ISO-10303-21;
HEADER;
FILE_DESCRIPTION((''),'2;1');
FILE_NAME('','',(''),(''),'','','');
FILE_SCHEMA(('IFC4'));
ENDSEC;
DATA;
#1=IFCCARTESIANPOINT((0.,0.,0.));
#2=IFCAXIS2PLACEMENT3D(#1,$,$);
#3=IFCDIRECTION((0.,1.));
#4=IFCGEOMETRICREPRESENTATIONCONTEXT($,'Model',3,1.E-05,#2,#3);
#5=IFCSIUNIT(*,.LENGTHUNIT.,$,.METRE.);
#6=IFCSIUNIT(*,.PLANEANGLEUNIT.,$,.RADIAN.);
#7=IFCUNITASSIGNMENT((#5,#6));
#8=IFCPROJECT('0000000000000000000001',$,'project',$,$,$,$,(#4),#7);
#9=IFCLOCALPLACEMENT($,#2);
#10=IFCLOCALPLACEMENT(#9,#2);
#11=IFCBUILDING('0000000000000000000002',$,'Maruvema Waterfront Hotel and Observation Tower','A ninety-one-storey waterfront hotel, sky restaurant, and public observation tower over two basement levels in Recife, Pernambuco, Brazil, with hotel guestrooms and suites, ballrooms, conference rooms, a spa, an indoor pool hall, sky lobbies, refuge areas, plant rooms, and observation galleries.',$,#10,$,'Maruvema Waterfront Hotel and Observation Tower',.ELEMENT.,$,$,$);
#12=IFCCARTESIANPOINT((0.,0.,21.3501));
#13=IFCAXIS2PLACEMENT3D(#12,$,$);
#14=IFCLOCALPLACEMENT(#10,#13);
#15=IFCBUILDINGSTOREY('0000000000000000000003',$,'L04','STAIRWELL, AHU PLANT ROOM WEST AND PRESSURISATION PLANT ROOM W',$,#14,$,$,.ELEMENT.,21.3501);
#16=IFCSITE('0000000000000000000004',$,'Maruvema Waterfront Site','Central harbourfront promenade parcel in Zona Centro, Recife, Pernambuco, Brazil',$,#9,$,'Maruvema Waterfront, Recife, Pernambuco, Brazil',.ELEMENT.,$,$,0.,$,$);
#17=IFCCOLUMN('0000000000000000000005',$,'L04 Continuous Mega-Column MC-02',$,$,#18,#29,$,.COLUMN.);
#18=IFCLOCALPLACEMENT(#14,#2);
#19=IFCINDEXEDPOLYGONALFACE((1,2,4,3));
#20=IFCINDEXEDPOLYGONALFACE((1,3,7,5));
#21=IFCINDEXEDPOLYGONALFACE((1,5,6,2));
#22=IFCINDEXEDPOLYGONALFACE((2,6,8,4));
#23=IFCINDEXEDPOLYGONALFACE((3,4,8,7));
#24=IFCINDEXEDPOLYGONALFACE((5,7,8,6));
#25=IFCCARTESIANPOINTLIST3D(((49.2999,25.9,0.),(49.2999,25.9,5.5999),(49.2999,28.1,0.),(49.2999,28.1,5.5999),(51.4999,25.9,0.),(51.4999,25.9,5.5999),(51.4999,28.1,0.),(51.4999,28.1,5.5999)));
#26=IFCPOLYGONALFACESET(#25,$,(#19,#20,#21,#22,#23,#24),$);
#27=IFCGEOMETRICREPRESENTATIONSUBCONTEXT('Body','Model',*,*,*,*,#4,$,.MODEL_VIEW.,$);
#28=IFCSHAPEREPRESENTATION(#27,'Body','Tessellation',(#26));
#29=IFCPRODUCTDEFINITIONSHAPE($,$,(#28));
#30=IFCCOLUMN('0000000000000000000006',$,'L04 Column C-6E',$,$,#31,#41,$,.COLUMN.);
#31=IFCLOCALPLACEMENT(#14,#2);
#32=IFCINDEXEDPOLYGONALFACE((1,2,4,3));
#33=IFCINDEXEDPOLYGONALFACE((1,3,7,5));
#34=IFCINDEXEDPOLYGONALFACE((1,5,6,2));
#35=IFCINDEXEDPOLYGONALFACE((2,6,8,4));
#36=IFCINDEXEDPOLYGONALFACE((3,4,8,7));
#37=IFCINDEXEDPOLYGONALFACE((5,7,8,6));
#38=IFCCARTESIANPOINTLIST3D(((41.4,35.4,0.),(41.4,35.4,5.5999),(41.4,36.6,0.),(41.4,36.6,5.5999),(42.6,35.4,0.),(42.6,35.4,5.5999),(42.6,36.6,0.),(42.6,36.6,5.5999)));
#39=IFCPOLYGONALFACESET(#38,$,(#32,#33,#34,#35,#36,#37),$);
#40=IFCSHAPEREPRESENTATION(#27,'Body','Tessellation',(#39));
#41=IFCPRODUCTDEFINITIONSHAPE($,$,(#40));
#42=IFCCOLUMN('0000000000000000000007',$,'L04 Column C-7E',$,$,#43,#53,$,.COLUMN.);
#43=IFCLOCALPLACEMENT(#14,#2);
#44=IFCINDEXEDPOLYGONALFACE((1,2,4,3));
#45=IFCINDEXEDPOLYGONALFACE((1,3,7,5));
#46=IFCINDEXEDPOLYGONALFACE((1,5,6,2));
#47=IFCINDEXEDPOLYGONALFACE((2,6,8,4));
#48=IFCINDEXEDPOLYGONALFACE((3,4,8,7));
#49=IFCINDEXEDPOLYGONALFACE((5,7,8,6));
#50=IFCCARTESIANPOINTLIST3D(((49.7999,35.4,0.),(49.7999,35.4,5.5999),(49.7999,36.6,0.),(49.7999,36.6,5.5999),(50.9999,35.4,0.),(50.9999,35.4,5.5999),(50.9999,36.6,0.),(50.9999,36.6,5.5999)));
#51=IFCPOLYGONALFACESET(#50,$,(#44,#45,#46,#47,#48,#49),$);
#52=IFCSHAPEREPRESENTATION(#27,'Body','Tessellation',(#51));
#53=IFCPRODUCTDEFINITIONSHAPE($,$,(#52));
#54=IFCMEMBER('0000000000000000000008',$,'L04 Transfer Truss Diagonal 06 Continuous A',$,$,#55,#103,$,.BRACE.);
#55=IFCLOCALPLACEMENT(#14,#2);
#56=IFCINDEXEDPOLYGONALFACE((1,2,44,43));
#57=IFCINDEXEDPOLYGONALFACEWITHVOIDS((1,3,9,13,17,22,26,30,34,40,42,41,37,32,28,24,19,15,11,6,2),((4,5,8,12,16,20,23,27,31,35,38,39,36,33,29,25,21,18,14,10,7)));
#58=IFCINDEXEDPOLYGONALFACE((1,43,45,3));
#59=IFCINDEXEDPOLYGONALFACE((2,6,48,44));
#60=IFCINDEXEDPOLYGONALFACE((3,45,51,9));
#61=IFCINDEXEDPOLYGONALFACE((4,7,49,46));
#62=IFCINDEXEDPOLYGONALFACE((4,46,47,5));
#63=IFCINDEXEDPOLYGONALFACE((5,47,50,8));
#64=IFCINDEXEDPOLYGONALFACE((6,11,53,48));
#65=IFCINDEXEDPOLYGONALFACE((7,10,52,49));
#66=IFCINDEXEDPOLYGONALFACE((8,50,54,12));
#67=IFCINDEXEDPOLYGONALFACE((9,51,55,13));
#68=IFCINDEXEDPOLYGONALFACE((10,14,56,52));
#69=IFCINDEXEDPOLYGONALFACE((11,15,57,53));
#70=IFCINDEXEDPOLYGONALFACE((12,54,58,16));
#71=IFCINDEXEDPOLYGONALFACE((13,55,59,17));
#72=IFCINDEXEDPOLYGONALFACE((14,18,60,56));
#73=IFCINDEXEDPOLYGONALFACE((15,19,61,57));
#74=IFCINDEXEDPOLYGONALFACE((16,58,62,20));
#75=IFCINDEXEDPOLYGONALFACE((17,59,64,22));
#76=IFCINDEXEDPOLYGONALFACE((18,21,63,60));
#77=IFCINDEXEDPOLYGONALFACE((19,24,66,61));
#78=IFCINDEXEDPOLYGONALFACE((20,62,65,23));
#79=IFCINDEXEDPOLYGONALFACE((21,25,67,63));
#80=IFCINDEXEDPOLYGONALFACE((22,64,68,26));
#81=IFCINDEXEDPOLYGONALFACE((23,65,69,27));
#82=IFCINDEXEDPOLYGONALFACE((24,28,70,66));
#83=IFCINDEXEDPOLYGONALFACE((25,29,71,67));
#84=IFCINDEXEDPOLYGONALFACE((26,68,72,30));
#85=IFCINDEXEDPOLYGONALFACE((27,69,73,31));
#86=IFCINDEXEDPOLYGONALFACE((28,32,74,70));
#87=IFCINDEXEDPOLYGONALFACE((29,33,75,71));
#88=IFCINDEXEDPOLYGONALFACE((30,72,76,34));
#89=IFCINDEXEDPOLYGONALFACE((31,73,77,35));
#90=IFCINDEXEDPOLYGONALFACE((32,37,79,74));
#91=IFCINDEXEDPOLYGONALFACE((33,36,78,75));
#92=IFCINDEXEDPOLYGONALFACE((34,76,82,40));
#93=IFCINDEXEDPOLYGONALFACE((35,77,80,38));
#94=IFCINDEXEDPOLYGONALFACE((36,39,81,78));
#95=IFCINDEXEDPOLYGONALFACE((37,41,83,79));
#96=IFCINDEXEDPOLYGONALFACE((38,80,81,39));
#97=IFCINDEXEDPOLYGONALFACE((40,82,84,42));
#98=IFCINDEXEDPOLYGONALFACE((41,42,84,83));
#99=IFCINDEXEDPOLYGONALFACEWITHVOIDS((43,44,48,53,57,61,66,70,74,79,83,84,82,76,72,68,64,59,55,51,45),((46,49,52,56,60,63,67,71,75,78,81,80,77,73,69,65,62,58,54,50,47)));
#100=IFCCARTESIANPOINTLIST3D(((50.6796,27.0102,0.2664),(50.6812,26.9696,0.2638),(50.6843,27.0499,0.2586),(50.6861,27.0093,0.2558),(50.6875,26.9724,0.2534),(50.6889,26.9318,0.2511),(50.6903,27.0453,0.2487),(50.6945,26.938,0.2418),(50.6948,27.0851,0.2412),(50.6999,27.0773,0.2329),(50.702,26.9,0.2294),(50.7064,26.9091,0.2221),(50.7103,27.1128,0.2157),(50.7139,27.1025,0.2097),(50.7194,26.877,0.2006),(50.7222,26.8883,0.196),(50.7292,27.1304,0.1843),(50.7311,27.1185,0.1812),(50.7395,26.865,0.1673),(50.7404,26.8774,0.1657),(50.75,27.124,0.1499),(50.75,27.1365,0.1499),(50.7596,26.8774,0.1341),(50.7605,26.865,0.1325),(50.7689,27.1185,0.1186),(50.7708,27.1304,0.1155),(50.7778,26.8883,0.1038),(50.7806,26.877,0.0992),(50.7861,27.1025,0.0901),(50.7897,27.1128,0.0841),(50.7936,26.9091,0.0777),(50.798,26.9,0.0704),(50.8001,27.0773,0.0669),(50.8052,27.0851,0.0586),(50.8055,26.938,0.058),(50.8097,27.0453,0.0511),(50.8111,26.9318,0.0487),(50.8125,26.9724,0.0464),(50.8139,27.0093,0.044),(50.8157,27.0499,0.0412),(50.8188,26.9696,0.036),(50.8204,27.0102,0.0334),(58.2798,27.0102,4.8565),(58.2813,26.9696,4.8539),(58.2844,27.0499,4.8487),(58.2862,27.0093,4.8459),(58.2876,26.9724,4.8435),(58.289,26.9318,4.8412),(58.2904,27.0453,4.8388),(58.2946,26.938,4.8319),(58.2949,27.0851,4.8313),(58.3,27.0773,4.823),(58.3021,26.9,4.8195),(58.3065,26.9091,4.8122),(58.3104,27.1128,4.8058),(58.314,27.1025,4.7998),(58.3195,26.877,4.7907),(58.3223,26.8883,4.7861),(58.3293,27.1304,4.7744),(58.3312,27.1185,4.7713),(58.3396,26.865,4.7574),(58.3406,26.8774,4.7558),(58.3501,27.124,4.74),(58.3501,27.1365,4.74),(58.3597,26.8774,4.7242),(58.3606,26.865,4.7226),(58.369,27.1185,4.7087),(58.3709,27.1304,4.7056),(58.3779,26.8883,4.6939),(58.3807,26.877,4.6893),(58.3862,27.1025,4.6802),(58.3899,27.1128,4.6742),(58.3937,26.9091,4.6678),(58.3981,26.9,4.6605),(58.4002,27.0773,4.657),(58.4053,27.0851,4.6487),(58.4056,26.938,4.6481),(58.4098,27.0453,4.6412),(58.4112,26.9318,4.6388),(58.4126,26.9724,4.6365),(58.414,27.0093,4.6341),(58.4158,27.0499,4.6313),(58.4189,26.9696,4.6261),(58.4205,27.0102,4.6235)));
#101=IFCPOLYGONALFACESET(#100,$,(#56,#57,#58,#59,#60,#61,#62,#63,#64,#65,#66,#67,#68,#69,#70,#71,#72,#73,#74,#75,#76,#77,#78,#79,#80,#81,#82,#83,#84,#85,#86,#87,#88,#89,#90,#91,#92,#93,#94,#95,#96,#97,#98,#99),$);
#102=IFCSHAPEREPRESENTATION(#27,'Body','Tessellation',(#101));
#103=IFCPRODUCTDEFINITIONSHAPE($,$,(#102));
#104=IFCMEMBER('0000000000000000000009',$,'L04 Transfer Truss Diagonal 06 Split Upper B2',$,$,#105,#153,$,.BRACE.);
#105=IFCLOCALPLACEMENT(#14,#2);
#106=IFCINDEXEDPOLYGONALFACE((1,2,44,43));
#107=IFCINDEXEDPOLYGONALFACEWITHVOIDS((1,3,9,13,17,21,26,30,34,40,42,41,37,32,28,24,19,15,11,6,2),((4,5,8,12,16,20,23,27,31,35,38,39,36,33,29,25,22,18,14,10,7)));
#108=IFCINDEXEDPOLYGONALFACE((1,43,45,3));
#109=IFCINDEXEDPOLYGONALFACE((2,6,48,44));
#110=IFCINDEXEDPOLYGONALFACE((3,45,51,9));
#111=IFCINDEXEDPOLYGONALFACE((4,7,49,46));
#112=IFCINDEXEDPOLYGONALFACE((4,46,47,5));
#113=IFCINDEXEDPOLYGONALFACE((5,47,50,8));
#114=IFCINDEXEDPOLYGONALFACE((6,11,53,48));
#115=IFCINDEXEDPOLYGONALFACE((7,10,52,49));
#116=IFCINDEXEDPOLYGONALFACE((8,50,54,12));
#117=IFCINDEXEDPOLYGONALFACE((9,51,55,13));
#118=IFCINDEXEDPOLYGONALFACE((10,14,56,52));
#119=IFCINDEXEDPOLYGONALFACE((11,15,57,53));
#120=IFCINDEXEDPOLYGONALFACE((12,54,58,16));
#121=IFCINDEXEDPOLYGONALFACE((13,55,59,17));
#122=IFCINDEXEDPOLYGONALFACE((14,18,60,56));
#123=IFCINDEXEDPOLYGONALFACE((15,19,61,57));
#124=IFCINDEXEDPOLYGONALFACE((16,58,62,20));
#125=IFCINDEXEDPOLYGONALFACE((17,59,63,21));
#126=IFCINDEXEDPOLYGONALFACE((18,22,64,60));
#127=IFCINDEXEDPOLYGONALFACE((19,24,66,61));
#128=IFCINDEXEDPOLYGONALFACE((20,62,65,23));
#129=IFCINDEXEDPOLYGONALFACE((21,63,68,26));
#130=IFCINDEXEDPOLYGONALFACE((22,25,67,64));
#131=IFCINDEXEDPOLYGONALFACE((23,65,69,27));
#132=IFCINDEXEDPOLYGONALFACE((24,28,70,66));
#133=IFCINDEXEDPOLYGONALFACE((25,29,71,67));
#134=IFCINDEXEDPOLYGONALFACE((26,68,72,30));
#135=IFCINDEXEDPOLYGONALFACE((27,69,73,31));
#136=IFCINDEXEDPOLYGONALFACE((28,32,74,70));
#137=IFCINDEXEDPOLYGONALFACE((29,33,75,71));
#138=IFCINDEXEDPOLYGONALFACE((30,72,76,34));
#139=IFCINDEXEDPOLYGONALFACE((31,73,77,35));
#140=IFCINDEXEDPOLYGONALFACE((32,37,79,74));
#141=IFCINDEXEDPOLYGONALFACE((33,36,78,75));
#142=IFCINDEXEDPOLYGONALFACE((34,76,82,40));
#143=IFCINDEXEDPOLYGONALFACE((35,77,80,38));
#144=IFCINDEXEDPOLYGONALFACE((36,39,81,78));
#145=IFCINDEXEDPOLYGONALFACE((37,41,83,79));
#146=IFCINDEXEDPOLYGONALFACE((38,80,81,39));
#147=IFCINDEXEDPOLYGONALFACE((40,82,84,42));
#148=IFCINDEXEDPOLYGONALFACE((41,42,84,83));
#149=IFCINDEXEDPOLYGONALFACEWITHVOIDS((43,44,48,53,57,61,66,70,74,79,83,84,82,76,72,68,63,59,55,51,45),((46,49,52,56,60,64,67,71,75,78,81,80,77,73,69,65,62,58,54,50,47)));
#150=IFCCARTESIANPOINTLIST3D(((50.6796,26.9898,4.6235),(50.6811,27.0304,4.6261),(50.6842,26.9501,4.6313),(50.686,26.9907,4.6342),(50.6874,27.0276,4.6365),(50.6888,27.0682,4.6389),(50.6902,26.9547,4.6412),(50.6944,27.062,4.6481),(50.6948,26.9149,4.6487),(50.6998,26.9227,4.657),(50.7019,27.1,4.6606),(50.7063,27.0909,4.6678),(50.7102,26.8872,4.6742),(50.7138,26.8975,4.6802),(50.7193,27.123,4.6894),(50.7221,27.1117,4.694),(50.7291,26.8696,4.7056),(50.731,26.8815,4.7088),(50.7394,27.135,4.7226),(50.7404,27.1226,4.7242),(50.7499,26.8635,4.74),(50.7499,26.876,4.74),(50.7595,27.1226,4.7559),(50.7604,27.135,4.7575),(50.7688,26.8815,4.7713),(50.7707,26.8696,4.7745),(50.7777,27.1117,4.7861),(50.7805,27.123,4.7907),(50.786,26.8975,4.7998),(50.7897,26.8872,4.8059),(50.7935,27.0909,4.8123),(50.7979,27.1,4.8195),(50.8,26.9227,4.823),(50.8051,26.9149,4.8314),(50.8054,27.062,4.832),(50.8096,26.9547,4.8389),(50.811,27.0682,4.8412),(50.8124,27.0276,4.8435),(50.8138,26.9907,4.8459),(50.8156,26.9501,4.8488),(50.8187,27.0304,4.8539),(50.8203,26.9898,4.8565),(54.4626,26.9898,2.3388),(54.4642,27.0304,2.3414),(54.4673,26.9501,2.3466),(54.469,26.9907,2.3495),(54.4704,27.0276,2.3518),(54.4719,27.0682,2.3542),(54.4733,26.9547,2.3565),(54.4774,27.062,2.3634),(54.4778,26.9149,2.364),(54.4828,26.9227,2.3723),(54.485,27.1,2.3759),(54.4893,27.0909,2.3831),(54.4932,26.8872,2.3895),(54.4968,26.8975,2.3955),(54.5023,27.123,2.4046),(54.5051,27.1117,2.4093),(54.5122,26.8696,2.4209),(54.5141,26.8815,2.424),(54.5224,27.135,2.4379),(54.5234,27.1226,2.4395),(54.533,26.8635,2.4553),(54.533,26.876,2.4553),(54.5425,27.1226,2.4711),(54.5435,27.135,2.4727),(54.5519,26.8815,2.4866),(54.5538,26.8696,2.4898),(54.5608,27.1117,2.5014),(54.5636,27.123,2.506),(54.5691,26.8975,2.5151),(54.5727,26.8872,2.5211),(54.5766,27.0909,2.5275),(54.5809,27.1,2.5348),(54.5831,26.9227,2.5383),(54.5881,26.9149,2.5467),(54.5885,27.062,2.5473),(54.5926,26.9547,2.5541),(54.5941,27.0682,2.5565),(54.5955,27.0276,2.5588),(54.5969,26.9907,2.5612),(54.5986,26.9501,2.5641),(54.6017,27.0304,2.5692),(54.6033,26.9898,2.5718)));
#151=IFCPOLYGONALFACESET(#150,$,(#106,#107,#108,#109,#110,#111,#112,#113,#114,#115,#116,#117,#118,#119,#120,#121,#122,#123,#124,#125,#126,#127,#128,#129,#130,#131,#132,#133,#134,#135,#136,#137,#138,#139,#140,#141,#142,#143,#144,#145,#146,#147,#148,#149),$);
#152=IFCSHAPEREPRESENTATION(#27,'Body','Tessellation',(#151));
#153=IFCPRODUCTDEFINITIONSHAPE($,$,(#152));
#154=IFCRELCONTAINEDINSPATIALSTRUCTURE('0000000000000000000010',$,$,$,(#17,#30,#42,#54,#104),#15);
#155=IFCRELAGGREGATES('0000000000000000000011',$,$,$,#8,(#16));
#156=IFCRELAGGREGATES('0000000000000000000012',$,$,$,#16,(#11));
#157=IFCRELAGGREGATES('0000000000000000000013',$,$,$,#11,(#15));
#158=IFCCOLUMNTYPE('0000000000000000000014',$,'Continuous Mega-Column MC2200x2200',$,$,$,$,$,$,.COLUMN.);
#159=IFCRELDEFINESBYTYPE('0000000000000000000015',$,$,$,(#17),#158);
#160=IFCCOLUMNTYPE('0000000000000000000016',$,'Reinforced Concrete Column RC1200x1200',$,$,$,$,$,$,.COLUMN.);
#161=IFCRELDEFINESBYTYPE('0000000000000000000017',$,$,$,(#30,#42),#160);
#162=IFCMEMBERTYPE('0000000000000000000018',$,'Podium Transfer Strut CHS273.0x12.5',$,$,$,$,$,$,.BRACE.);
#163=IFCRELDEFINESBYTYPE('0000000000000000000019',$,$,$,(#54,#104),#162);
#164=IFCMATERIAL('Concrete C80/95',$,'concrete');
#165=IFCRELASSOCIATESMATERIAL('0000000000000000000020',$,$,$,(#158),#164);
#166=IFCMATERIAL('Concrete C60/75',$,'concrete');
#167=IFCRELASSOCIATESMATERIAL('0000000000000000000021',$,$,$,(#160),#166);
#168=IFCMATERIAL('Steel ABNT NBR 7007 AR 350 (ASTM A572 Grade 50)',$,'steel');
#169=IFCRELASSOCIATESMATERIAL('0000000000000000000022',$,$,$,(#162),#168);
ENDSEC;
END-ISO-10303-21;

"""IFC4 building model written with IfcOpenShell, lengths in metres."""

from ifc_helpers import new_model, si_unit, direction, frame, origin, origin_2d, place, context, subcontext, project, spatial, rectangle, hollow_circle, extrude, material, material_profile, profile_set, type_object, element, save


model = new_model("IFC4")

# Units and contexts
model_context = context("Model", 3, precision=1e-05, world=origin(), true_north=direction((0.0, 1.0)))
body_context = subcontext(model_context, "Body", "Model", "MODEL_VIEW")
ifc_project = project(units=[si_unit("LENGTHUNIT", "METRE"), si_unit("PLANEANGLEUNIT", "RADIAN")], contexts=[model_context])

# Site, building, storey
site_placement = place(None, origin())
site = spatial("IfcSite", under=ifc_project, at=site_placement, Name="Maruvema Waterfront Site", Description="Central harbourfront promenade parcel in Zona Centro, Recife, Pernambuco, Brazil", LongName="Maruvema Waterfront, Recife, Pernambuco, Brazil", CompositionType="ELEMENT", RefElevation=0.0)
building_placement = place(site_placement, origin())
building = spatial("IfcBuilding", under=site, at=building_placement, Name="Maruvema Waterfront Hotel and Observation Tower", Description="A ninety-one-storey waterfront hotel, sky restaurant, and public observation tower over two basement levels in Recife, Pernambuco, Brazil, with hotel guestrooms and suites, ballrooms, conference rooms, a spa, an indoor pool hall, sky lobbies, refuge areas, plant rooms, and observation galleries.", LongName="Maruvema Waterfront Hotel and Observation Tower", CompositionType="ELEMENT")
storey_placement = place(building_placement, frame((0.0, 0.0, 21.3501)))
storey = spatial("IfcBuildingStorey", under=building, at=storey_placement, Name="L04", Description="STAIRWELL, AHU PLANT ROOM WEST AND PRESSURISATION PLANT ROOM W", CompositionType="ELEMENT", Elevation=21.3501)

# Columns
ifc_material_1 = material(Name="Concrete C80/95", Category="concrete")
ifc_material_profile_1 = material_profile(ifc_material_1, rectangle(XDim=2.2, YDim=2.2, at=origin_2d()), Name="MC2200x2200")
ifc_profile_set_1 = profile_set([ifc_material_profile_1], Name="Concrete C80/95")
column_type_1 = type_object("IfcColumnType", Name="Continuous Mega-Column MC2200x2200", PredefinedType="COLUMN", material=ifc_profile_set_1)
column_placement = place(storey_placement, frame((50.3999, 27.0, 0.0), z_axis=(0.0, 0.0, 1.0), x_axis=(1.0, 0.0, 0.0)))
element("IfcColumn", 1, at=column_placement, inside=storey, type_object=column_type_1, Name="L04 Continuous Mega-Column MC-02", PredefinedType="COLUMN", context=body_context, shape_type="SweptSolid", body=[
    extrude(rectangle(XDim=2.2, YDim=2.2, at=origin_2d()), origin(), (0.0, 0.0, 1.0), 5.5999),
])
ifc_material_2 = material(Name="Concrete C60/75", Category="concrete")
ifc_material_profile_2 = material_profile(ifc_material_2, rectangle(XDim=1.2, YDim=1.2, at=origin_2d()), Name="RC1200x1200")
ifc_profile_set_2 = profile_set([ifc_material_profile_2], Name="Concrete C60/75")
column_type_2 = type_object("IfcColumnType", Name="Reinforced Concrete Column RC1200x1200", PredefinedType="COLUMN", material=ifc_profile_set_2)
for number, where, z_axis, x_axis, name in (
    (2, (42.0, 36.0, 0.0), (0.0, 0.0, 1.0), (1.0, 0.0, 0.0), "L04 Column C-6E"),
    (3, (50.3999, 36.0, 0.0), (0.0, 0.0, 1.0), (1.0, 0.0, 0.0), "L04 Column C-7E"),
):
    element("IfcColumn", number, at=place(storey_placement, frame(where, z_axis=z_axis, x_axis=x_axis)), inside=storey, type_object=column_type_2, Name=name, PredefinedType="COLUMN", context=body_context, shape_type="SweptSolid", body=[
        extrude(rectangle(XDim=1.2, YDim=1.2, at=origin_2d()), origin(), (0.0, 0.0, 1.0), 5.5999),
    ])

# Members
ifc_material_3 = material(Name="Steel ABNT NBR 7007 AR 350 (ASTM A572 Grade 50)", Category="steel")
ifc_material_profile_3 = material_profile(ifc_material_3, hollow_circle(Radius=0.1365, WallThickness=0.0125, at=origin_2d()), Name="CHS273.0x12.5")
ifc_profile_set_3 = profile_set([ifc_material_profile_3], Name="Steel ABNT NBR 7007 AR 350 (ASTM A572 Grade 50)")
member_type = type_object("IfcMemberType", Name="Podium Transfer Strut CHS273.0x12.5", PredefinedType="BRACE", material=ifc_profile_set_3)
member_1_placement = place(storey_placement, frame((50.75, 27.0, 0.1499), z_axis=(0.855997, 0.0, 0.51698), x_axis=(0.0, 1.0, 0.0)))
element("IfcMember", 4, at=member_1_placement, inside=storey, type_object=member_type, Name="L04 Transfer Truss Diagonal 06 Continuous A", PredefinedType="BRACE", context=body_context, shape_type="SweptSolid", body=[
    extrude(hollow_circle(Radius=0.1365, WallThickness=0.0125, at=origin_2d()), origin(), (0.0, 0.0, 1.0), 8.8787),
])
member_2_placement = place(storey_placement, frame((54.533, 27.0, 2.4553), z_axis=(-0.856003, 0.0, 0.516971), x_axis=(0.0, -1.0, 0.0)))
element("IfcMember", 5, at=member_2_placement, inside=storey, type_object=member_type, Name="L04 Transfer Truss Diagonal 06 Split Upper B2", PredefinedType="BRACE", context=body_context, shape_type="SweptSolid", body=[
    extrude(hollow_circle(Radius=0.1365, WallThickness=0.0125, at=origin_2d()), origin(), (0.0, 0.0, 1.0), 4.4194),
])

save(model, "model.ifc")
